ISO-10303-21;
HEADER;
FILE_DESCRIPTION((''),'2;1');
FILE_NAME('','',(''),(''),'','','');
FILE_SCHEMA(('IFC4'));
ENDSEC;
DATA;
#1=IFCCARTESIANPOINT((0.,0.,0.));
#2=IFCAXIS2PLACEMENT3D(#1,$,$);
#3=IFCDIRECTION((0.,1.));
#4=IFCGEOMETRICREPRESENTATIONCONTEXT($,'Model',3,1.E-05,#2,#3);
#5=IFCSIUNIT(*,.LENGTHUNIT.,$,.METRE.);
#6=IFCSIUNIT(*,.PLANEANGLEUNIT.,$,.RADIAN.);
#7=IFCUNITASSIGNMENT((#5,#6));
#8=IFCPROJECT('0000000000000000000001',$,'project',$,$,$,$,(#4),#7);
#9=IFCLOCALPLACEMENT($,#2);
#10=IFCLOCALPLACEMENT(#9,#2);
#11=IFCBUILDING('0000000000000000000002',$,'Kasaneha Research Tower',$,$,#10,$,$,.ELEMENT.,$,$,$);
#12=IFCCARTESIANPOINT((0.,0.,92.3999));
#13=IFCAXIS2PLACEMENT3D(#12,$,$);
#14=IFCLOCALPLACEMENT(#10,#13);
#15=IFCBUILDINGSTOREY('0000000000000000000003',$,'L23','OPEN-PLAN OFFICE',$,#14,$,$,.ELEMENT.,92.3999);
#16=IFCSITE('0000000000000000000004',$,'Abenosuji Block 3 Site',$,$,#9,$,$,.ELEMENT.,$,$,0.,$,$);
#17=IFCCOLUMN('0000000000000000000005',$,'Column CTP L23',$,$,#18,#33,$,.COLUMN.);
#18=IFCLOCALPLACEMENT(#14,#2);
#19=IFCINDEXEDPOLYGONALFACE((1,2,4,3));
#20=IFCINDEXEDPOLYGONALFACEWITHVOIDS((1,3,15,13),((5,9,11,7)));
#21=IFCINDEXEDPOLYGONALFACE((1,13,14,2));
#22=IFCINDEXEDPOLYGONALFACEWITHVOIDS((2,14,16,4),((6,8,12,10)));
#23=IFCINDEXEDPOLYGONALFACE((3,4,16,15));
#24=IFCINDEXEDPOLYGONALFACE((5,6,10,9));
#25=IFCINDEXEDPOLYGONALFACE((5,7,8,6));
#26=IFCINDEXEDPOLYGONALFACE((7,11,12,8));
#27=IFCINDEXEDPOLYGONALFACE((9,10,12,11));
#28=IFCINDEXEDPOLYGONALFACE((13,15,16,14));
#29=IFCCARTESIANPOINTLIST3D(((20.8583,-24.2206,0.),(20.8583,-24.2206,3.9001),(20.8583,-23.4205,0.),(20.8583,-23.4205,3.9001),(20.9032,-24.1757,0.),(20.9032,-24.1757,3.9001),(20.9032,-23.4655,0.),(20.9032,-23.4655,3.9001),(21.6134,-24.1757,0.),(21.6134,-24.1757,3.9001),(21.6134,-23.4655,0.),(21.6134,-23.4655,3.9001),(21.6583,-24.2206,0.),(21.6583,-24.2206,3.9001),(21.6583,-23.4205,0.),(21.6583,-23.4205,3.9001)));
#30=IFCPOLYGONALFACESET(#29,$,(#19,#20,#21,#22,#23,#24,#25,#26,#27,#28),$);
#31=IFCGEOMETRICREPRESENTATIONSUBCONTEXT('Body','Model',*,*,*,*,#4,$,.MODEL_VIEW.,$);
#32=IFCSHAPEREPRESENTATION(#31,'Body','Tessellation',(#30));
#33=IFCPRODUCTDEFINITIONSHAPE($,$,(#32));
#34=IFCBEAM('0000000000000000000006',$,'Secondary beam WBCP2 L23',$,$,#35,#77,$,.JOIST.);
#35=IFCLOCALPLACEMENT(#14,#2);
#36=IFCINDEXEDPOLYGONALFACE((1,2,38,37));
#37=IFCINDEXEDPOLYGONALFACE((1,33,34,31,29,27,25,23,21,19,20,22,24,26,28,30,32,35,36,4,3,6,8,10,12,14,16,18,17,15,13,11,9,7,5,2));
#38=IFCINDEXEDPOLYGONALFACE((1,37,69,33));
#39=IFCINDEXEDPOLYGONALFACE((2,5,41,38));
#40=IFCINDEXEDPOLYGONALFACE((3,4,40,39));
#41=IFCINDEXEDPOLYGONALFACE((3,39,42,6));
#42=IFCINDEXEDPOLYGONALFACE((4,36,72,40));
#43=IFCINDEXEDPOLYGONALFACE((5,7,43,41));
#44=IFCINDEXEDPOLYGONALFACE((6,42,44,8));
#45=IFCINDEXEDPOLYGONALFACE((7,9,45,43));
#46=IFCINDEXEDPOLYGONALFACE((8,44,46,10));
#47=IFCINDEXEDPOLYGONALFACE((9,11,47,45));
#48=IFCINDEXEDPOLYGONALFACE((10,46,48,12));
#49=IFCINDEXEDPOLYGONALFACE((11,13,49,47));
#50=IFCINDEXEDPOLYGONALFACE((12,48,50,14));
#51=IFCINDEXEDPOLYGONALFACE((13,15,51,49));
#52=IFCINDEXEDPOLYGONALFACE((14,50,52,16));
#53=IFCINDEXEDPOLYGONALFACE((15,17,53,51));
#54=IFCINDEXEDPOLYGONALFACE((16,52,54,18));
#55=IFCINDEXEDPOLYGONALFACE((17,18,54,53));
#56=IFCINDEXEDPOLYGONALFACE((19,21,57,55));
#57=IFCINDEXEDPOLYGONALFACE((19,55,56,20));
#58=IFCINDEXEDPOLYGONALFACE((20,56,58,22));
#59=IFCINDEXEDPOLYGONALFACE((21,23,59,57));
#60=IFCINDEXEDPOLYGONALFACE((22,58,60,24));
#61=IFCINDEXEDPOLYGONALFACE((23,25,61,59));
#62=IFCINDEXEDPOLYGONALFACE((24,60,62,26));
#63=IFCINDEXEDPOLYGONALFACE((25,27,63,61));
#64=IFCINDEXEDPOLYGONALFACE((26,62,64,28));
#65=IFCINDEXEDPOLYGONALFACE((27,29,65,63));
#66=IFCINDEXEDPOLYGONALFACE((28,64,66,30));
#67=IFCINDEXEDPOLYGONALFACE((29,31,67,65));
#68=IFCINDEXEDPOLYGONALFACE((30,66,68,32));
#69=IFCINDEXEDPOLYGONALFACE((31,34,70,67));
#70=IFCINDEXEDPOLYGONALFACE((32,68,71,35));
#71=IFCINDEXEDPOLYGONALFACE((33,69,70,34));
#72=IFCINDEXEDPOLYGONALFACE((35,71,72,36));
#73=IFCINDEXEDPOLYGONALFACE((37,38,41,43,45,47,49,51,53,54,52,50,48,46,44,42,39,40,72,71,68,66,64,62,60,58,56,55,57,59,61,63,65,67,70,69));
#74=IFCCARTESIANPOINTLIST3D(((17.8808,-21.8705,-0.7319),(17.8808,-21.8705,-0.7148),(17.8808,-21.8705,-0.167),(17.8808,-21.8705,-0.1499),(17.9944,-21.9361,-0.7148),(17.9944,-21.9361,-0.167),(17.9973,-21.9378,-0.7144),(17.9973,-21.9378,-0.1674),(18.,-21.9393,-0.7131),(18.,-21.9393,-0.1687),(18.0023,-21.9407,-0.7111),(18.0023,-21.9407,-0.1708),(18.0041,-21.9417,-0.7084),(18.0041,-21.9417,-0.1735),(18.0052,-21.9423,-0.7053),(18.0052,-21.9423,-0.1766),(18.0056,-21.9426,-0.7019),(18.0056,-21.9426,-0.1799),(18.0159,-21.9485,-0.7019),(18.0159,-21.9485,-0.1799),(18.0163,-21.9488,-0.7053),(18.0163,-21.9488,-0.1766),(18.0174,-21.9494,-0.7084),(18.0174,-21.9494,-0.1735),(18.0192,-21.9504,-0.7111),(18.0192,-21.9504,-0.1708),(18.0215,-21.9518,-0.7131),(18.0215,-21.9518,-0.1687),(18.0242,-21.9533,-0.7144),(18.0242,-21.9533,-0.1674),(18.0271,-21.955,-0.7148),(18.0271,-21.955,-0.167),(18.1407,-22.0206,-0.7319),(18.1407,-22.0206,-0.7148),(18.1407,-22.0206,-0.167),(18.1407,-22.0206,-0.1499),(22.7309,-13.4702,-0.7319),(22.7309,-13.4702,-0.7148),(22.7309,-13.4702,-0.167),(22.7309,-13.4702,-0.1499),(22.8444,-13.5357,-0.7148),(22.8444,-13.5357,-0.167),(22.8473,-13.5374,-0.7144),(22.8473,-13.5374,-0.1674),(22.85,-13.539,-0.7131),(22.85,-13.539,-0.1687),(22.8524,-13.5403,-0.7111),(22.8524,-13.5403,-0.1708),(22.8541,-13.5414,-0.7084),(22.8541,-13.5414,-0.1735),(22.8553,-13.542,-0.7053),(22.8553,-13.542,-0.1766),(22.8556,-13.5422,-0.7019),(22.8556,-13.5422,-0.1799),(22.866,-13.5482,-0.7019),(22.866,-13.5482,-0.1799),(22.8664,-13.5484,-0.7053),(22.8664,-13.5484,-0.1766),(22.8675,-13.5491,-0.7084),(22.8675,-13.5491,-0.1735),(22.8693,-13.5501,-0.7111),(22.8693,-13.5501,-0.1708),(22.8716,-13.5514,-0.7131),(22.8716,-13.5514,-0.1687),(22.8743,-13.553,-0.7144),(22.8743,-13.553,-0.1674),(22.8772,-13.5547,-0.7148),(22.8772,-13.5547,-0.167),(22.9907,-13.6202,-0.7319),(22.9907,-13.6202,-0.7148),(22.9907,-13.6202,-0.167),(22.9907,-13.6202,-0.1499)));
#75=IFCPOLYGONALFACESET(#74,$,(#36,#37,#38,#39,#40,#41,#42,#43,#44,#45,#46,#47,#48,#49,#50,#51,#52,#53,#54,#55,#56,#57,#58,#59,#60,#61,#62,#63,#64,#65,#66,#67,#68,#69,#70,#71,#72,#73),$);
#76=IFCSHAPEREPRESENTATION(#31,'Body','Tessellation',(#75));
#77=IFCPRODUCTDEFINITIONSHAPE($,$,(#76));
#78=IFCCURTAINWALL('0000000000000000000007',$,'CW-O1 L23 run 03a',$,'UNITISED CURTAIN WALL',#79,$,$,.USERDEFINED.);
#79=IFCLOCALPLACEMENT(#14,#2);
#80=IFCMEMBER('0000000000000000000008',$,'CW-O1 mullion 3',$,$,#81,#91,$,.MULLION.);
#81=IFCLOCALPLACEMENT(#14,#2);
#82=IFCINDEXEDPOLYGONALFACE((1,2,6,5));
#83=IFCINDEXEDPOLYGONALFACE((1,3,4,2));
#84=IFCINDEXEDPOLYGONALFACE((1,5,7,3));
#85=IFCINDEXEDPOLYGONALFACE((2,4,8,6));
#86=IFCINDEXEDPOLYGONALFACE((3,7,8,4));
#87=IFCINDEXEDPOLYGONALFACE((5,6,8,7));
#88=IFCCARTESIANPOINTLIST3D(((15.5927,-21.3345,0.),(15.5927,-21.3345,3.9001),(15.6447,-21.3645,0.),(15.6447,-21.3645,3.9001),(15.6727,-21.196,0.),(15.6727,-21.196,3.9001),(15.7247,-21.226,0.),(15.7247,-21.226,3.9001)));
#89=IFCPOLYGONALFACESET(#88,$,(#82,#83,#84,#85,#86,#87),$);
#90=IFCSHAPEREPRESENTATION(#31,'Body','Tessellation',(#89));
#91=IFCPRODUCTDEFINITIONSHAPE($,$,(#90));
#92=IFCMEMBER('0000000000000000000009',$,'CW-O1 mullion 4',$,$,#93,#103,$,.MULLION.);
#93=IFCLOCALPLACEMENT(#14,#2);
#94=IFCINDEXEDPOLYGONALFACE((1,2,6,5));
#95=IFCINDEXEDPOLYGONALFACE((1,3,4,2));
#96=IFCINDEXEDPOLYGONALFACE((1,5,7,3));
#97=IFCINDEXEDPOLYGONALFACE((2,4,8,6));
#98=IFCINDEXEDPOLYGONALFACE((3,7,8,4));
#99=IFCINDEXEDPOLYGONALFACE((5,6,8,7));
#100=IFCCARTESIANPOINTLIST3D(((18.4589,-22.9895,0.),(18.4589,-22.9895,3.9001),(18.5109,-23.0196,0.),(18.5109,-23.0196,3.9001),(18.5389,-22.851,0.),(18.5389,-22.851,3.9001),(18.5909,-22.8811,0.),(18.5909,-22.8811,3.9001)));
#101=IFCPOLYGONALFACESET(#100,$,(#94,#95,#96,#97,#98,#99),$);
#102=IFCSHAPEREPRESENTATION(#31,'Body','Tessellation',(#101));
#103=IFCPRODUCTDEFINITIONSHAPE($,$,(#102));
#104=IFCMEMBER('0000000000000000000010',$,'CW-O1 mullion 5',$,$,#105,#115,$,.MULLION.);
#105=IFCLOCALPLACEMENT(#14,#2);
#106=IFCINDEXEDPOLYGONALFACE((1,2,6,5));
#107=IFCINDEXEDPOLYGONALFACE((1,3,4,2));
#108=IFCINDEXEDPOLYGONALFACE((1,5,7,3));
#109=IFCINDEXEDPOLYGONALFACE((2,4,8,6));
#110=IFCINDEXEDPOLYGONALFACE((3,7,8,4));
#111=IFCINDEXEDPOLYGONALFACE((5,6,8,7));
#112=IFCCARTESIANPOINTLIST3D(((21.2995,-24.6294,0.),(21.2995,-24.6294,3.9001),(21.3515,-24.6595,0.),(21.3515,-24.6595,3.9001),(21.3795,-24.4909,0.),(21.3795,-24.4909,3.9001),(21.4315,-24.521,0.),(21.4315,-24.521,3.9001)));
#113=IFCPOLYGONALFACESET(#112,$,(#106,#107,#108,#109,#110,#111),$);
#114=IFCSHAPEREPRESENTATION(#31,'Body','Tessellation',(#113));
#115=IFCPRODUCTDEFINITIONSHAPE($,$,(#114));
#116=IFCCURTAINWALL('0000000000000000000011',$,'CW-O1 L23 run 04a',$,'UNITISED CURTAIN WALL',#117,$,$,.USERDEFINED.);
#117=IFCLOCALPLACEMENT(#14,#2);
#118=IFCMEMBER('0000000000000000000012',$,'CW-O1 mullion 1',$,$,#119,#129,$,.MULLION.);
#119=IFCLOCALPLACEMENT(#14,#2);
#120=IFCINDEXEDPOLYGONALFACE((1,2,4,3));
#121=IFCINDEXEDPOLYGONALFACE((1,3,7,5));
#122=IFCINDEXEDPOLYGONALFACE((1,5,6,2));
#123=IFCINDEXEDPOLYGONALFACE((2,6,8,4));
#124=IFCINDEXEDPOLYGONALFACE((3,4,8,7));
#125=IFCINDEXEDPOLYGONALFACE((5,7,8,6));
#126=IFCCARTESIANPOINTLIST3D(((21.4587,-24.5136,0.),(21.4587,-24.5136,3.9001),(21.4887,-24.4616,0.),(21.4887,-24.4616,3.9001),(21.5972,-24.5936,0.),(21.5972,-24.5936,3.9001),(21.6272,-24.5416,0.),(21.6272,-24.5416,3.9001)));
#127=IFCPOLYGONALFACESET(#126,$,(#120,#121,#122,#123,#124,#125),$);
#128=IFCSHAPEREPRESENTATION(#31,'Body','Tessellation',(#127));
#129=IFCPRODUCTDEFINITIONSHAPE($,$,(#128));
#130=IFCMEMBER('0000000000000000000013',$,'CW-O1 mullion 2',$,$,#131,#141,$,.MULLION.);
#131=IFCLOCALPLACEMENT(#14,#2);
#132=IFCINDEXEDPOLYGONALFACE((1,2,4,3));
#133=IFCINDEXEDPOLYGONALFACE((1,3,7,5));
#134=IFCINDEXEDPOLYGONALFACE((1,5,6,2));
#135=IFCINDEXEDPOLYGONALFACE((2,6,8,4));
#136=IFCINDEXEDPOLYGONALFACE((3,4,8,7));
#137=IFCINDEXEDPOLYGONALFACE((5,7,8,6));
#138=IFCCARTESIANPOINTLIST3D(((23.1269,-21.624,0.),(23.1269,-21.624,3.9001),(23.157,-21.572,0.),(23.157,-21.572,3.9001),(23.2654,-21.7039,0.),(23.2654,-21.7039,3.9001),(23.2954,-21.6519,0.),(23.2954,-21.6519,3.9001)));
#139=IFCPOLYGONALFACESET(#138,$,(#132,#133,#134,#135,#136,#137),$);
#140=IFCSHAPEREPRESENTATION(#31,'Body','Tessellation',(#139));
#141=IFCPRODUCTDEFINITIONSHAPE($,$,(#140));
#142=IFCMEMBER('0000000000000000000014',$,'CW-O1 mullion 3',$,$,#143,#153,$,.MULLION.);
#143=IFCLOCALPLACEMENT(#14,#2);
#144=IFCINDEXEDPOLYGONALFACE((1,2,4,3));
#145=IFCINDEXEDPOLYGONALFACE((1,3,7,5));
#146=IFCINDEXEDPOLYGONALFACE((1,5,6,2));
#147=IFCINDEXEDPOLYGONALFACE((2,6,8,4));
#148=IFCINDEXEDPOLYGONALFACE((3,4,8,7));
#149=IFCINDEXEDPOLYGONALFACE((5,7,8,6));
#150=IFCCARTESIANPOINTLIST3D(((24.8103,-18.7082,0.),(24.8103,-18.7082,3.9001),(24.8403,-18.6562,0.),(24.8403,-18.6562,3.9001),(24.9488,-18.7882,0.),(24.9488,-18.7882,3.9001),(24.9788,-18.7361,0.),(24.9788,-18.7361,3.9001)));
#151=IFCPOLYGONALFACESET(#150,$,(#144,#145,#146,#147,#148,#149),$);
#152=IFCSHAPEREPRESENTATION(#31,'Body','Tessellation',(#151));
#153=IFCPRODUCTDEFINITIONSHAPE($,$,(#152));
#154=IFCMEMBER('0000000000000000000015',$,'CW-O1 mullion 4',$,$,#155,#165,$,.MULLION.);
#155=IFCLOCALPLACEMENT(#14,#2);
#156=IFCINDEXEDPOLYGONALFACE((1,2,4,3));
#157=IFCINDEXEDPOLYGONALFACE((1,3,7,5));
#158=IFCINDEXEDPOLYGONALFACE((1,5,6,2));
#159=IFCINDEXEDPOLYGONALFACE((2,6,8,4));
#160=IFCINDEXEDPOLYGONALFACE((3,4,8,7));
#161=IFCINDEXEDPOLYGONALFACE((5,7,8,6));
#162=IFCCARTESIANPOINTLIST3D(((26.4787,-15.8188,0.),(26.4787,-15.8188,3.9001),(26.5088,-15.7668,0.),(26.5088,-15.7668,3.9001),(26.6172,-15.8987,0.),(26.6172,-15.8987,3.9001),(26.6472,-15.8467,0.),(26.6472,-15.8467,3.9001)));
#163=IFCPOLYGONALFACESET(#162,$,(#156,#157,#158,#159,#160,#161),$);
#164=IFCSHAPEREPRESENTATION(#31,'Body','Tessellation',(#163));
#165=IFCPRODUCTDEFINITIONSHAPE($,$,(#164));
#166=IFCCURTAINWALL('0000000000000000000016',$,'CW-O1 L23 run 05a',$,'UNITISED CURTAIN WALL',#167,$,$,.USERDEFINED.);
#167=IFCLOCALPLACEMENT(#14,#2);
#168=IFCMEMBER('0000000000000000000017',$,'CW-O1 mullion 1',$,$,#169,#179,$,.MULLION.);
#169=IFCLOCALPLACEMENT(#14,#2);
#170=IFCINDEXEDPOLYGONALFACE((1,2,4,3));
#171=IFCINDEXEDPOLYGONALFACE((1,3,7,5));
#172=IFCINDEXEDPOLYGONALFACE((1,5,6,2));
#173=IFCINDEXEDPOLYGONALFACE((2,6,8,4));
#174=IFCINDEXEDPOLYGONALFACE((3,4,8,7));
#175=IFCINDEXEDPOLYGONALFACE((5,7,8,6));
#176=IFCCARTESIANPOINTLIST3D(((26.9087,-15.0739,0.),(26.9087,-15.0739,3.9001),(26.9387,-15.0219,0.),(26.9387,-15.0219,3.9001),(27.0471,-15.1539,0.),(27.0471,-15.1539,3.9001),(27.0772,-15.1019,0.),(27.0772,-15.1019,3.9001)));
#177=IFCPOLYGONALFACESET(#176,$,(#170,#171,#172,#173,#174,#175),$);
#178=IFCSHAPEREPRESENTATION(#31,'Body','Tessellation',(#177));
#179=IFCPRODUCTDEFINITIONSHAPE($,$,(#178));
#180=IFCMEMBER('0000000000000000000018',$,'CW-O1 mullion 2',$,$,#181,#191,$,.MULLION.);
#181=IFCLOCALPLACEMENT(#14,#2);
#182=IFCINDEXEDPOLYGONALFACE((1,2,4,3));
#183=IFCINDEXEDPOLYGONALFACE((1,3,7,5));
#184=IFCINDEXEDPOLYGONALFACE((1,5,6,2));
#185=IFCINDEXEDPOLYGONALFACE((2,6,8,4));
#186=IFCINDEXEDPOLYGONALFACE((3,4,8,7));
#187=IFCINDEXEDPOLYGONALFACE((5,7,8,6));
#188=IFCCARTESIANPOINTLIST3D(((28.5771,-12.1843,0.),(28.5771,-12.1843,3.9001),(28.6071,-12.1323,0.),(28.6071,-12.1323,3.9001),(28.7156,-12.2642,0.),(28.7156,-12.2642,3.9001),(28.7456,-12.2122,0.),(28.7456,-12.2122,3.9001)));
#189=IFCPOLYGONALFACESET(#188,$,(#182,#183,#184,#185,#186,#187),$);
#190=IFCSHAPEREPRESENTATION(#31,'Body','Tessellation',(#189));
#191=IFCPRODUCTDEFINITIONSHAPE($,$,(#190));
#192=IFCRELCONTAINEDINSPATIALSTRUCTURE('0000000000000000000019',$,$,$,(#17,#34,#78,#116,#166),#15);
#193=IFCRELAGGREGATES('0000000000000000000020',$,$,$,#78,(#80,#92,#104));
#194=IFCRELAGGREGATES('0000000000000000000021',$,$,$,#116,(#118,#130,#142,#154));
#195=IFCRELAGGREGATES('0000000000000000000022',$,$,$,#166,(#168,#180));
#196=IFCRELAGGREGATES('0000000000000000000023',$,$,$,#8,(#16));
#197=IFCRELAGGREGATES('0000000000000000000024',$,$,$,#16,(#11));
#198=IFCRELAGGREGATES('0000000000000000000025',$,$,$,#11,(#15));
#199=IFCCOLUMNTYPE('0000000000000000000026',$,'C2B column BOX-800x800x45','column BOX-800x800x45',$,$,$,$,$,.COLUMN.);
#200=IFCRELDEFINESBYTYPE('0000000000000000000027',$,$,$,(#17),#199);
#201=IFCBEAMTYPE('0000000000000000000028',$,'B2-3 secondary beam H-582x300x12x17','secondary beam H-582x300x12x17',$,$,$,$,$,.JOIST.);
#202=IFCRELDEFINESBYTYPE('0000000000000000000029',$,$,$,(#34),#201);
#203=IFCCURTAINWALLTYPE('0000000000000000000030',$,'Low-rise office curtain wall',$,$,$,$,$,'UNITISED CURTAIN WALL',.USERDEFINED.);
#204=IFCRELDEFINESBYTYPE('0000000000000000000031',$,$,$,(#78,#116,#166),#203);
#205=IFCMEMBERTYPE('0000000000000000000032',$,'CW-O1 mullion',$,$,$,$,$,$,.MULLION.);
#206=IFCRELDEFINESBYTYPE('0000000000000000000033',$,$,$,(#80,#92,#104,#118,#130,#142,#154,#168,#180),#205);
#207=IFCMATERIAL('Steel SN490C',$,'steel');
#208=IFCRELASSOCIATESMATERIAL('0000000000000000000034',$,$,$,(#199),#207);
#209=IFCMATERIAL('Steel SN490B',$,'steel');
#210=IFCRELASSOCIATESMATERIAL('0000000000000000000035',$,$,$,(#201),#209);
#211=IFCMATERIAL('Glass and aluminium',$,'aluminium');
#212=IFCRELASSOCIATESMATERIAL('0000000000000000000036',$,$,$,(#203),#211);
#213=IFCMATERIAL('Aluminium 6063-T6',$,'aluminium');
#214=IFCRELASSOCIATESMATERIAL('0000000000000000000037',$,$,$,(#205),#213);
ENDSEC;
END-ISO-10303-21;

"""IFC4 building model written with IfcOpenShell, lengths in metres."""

from ifc_helpers import new_model, si_unit, direction, frame, origin, origin_2d, place, context, subcontext, project, spatial, rectangle, hollow_rectangle, i_section, extrude, material, material_profile, profile_set, type_object, element, aggregate, save


model = new_model("IFC4")

# Units and contexts
model_context = context("Model", 3, precision=1e-05, world=origin(), true_north=direction((0.0, 1.0)))
body_context = subcontext(model_context, "Body", "Model", "MODEL_VIEW")
ifc_project = project(units=[si_unit("LENGTHUNIT", "METRE"), si_unit("PLANEANGLEUNIT", "RADIAN")], contexts=[model_context])

# Site, building, storey
site_placement = place(None, origin())
site = spatial("IfcSite", under=ifc_project, at=site_placement, Name="Abenosuji Block 3 Site", CompositionType="ELEMENT", RefElevation=0.0)
building_placement = place(site_placement, origin())
building = spatial("IfcBuilding", under=site, at=building_placement, Name="Kasaneha Research Tower", CompositionType="ELEMENT")
storey_placement = place(building_placement, frame((0.0, 0.0, 92.3999)))
storey = spatial("IfcBuildingStorey", under=building, at=storey_placement, Name="L23", Description="OPEN-PLAN OFFICE", CompositionType="ELEMENT", Elevation=92.3999)

# Column
ifc_material_1 = material(Name="Steel SN490C", Category="steel")
ifc_material_profile_1 = material_profile(ifc_material_1, hollow_rectangle(XDim=0.8, YDim=0.8, WallThickness=0.0449, at=origin_2d()), Name="BOX-800x800x45")
ifc_profile_set_1 = profile_set([ifc_material_profile_1], Name="Steel SN490C")
column_type = type_object("IfcColumnType", Name="C2B column BOX-800x800x45", Description="column BOX-800x800x45", PredefinedType="COLUMN", material=ifc_profile_set_1)
column_placement = place(storey_placement, frame((21.2583, -23.8206, 0.0), z_axis=(0.0, 0.0, 1.0), x_axis=(1.0, 0.0, 0.0)))
element("IfcColumn", 1, at=column_placement, inside=storey, type_object=column_type, Name="Column CTP L23", PredefinedType="COLUMN", context=body_context, shape_type="SweptSolid", body=[
    extrude(hollow_rectangle(XDim=0.8, YDim=0.8, WallThickness=0.0449, at=origin_2d()), origin(), (0.0, 0.0, 1.0), 3.9001),
])

# Beam
ifc_material_2 = material(Name="Steel SN490B", Category="steel")
ifc_material_profile_2 = material_profile(ifc_material_2, i_section(OverallWidth=0.3, OverallDepth=0.582, WebThickness=0.012, FlangeThickness=0.0171, FilletRadius=0.0129, at=origin_2d()), Name="H-582x300x12x17")
ifc_profile_set_2 = profile_set([ifc_material_profile_2], Name="Steel SN490B")
beam_type_1 = type_object("IfcBeamType", Name="B2-3 secondary beam H-582x300x12x17", Description="secondary beam H-582x300x12x17", PredefinedType="JOIST", material=ifc_profile_set_2)
beam_1_placement = place(storey_placement, frame((18.0107, -21.9456, -0.4409), z_axis=(0.50001, 0.86602, 0.0), x_axis=(-0.86602, 0.50001, 0.0)))
element("IfcBeam", 2, at=beam_1_placement, inside=storey, type_object=beam_type_1, Name="Secondary beam WBCP2 L23", PredefinedType="JOIST", context=body_context, shape_type="SweptSolid", body=[
    extrude(i_section(OverallWidth=0.3, OverallDepth=0.582, WebThickness=0.012, FlangeThickness=0.0171, FilletRadius=0.0129, at=origin_2d()), origin(), (0.0, 0.0, 1.0), 9.7),
])

# Curtain walls, members
ifc_material_3 = material(Name="Glass and aluminium", Category="aluminium")
curtain_wall_type = type_object("IfcCurtainWallType", Name="Low-rise office curtain wall", ElementType="UNITISED CURTAIN WALL", PredefinedType="USERDEFINED", material=ifc_material_3)
curtain_wall_1_placement = place(storey_placement, origin())
curtain_wall_1 = element("IfcCurtainWall", 3, at=curtain_wall_1_placement, inside=storey, type_object=curtain_wall_type, Name="CW-O1 L23 run 03a", ObjectType="UNITISED CURTAIN WALL", PredefinedType="USERDEFINED")
ifc_material_4 = material(Name="Aluminium 6063-T6", Category="aluminium")
ifc_material_profile_3 = material_profile(ifc_material_4, rectangle(XDim=0.0601, YDim=0.1599, at=origin_2d()), Name="CW-O1 mullion 60x160")
ifc_profile_set_3 = profile_set([ifc_material_profile_3], Name="Aluminium 6063-T6")
member_type_1 = type_object("IfcMemberType", Name="CW-O1 mullion", PredefinedType="MULLION", material=ifc_profile_set_3)
member_1_placement = place(storey_placement, frame((15.6587, -21.2803, 0.0), z_axis=(0.0, 0.0, 1.0), x_axis=(0.866025, -0.5, 0.0)))
member_1 = element("IfcMember", 4, at=member_1_placement, type_object=member_type_1, Name="CW-O1 mullion 3", PredefinedType="MULLION", context=body_context, shape_type="SweptSolid", body=[
    extrude(rectangle(XDim=0.0601, YDim=0.1599, at=origin_2d()), origin(), (0.0, 0.0, 1.0), 3.9001),
])
member_2_placement = place(storey_placement, frame((18.5249, -22.9353, 0.0), z_axis=(0.0, 0.0, 1.0), x_axis=(0.866025, -0.5, 0.0)))
member_2 = element("IfcMember", 5, at=member_2_placement, type_object=member_type_1, Name="CW-O1 mullion 4", PredefinedType="MULLION", context=body_context, shape_type="SweptSolid", body=[
    extrude(rectangle(XDim=0.0601, YDim=0.1599, at=origin_2d()), origin(), (0.0, 0.0, 1.0), 3.9001),
])
member_3_placement = place(storey_placement, frame((21.3655, -24.5752, 0.0), z_axis=(0.0, 0.0, 1.0), x_axis=(0.866025, -0.5, 0.0)))
member_3 = element("IfcMember", 6, at=member_3_placement, type_object=member_type_1, Name="CW-O1 mullion 5", PredefinedType="MULLION", context=body_context, shape_type="SweptSolid", body=[
    extrude(rectangle(XDim=0.0601, YDim=0.1599, at=origin_2d()), origin(), (0.0, 0.0, 1.0), 3.9001),
])
curtain_wall_2_placement = place(storey_placement, origin())
curtain_wall_2 = element("IfcCurtainWall", 7, at=curtain_wall_2_placement, inside=storey, type_object=curtain_wall_type, Name="CW-O1 L23 run 04a", ObjectType="UNITISED CURTAIN WALL", PredefinedType="USERDEFINED")
member_4_placement = place(storey_placement, frame((21.543, -24.5276, 0.0), z_axis=(0.0, 0.0, 1.0), x_axis=(0.5, 0.866025, 0.0)))
member_4 = element("IfcMember", 8, at=member_4_placement, type_object=member_type_1, Name="CW-O1 mullion 1", PredefinedType="MULLION", context=body_context, shape_type="SweptSolid", body=[
    extrude(rectangle(XDim=0.0601, YDim=0.1599, at=origin_2d()), origin(), (0.0, 0.0, 1.0), 3.9001),
])
member_5_placement = place(storey_placement, frame((23.2112, -21.6379, 0.0), z_axis=(0.0, 0.0, 1.0), x_axis=(0.5, 0.866025, 0.0)))
member_5 = element("IfcMember", 9, at=member_5_placement, type_object=member_type_1, Name="CW-O1 mullion 2", PredefinedType="MULLION", context=body_context, shape_type="SweptSolid", body=[
    extrude(rectangle(XDim=0.0601, YDim=0.1599, at=origin_2d()), origin(), (0.0, 0.0, 1.0), 3.9001),
])
member_6_placement = place(storey_placement, frame((24.8945, -18.7222, 0.0), z_axis=(0.0, 0.0, 1.0), x_axis=(0.5, 0.866025, 0.0)))
member_6 = element("IfcMember", 10, at=member_6_placement, type_object=member_type_1, Name="CW-O1 mullion 3", PredefinedType="MULLION", context=body_context, shape_type="SweptSolid", body=[
    extrude(rectangle(XDim=0.0601, YDim=0.1599, at=origin_2d()), origin(), (0.0, 0.0, 1.0), 3.9001),
])
member_7_placement = place(storey_placement, frame((26.563, -15.8328, 0.0), z_axis=(0.0, 0.0, 1.0), x_axis=(0.5, 0.866025, 0.0)))
member_7 = element("IfcMember", 11, at=member_7_placement, type_object=member_type_1, Name="CW-O1 mullion 4", PredefinedType="MULLION", context=body_context, shape_type="SweptSolid", body=[
    extrude(rectangle(XDim=0.0601, YDim=0.1599, at=origin_2d()), origin(), (0.0, 0.0, 1.0), 3.9001),
])
curtain_wall_3_placement = place(storey_placement, origin())
curtain_wall_3 = element("IfcCurtainWall", 12, at=curtain_wall_3_placement, inside=storey, type_object=curtain_wall_type, Name="CW-O1 L23 run 05a", ObjectType="UNITISED CURTAIN WALL", PredefinedType="USERDEFINED")
member_8_placement = place(storey_placement, frame((26.9929, -15.0879, 0.0), z_axis=(0.0, 0.0, 1.0), x_axis=(0.5, 0.866025, 0.0)))
member_8 = element("IfcMember", 13, at=member_8_placement, type_object=member_type_1, Name="CW-O1 mullion 1", PredefinedType="MULLION", context=body_context, shape_type="SweptSolid", body=[
    extrude(rectangle(XDim=0.0601, YDim=0.1599, at=origin_2d()), origin(), (0.0, 0.0, 1.0), 3.9001),
])
member_9_placement = place(storey_placement, frame((28.6614, -12.1982, 0.0), z_axis=(0.0, 0.0, 1.0), x_axis=(0.5, 0.866025, 0.0)))
member_9 = element("IfcMember", 14, at=member_9_placement, type_object=member_type_1, Name="CW-O1 mullion 2", PredefinedType="MULLION", context=body_context, shape_type="SweptSolid", body=[
    extrude(rectangle(XDim=0.0601, YDim=0.1599, at=origin_2d()), origin(), (0.0, 0.0, 1.0), 3.9001),
])

aggregate(curtain_wall_1, [member_1, member_2, member_3])
aggregate(curtain_wall_2, [member_4, member_5, member_6, member_7])
aggregate(curtain_wall_3, [member_8, member_9])

save(model, "model.ifc")
